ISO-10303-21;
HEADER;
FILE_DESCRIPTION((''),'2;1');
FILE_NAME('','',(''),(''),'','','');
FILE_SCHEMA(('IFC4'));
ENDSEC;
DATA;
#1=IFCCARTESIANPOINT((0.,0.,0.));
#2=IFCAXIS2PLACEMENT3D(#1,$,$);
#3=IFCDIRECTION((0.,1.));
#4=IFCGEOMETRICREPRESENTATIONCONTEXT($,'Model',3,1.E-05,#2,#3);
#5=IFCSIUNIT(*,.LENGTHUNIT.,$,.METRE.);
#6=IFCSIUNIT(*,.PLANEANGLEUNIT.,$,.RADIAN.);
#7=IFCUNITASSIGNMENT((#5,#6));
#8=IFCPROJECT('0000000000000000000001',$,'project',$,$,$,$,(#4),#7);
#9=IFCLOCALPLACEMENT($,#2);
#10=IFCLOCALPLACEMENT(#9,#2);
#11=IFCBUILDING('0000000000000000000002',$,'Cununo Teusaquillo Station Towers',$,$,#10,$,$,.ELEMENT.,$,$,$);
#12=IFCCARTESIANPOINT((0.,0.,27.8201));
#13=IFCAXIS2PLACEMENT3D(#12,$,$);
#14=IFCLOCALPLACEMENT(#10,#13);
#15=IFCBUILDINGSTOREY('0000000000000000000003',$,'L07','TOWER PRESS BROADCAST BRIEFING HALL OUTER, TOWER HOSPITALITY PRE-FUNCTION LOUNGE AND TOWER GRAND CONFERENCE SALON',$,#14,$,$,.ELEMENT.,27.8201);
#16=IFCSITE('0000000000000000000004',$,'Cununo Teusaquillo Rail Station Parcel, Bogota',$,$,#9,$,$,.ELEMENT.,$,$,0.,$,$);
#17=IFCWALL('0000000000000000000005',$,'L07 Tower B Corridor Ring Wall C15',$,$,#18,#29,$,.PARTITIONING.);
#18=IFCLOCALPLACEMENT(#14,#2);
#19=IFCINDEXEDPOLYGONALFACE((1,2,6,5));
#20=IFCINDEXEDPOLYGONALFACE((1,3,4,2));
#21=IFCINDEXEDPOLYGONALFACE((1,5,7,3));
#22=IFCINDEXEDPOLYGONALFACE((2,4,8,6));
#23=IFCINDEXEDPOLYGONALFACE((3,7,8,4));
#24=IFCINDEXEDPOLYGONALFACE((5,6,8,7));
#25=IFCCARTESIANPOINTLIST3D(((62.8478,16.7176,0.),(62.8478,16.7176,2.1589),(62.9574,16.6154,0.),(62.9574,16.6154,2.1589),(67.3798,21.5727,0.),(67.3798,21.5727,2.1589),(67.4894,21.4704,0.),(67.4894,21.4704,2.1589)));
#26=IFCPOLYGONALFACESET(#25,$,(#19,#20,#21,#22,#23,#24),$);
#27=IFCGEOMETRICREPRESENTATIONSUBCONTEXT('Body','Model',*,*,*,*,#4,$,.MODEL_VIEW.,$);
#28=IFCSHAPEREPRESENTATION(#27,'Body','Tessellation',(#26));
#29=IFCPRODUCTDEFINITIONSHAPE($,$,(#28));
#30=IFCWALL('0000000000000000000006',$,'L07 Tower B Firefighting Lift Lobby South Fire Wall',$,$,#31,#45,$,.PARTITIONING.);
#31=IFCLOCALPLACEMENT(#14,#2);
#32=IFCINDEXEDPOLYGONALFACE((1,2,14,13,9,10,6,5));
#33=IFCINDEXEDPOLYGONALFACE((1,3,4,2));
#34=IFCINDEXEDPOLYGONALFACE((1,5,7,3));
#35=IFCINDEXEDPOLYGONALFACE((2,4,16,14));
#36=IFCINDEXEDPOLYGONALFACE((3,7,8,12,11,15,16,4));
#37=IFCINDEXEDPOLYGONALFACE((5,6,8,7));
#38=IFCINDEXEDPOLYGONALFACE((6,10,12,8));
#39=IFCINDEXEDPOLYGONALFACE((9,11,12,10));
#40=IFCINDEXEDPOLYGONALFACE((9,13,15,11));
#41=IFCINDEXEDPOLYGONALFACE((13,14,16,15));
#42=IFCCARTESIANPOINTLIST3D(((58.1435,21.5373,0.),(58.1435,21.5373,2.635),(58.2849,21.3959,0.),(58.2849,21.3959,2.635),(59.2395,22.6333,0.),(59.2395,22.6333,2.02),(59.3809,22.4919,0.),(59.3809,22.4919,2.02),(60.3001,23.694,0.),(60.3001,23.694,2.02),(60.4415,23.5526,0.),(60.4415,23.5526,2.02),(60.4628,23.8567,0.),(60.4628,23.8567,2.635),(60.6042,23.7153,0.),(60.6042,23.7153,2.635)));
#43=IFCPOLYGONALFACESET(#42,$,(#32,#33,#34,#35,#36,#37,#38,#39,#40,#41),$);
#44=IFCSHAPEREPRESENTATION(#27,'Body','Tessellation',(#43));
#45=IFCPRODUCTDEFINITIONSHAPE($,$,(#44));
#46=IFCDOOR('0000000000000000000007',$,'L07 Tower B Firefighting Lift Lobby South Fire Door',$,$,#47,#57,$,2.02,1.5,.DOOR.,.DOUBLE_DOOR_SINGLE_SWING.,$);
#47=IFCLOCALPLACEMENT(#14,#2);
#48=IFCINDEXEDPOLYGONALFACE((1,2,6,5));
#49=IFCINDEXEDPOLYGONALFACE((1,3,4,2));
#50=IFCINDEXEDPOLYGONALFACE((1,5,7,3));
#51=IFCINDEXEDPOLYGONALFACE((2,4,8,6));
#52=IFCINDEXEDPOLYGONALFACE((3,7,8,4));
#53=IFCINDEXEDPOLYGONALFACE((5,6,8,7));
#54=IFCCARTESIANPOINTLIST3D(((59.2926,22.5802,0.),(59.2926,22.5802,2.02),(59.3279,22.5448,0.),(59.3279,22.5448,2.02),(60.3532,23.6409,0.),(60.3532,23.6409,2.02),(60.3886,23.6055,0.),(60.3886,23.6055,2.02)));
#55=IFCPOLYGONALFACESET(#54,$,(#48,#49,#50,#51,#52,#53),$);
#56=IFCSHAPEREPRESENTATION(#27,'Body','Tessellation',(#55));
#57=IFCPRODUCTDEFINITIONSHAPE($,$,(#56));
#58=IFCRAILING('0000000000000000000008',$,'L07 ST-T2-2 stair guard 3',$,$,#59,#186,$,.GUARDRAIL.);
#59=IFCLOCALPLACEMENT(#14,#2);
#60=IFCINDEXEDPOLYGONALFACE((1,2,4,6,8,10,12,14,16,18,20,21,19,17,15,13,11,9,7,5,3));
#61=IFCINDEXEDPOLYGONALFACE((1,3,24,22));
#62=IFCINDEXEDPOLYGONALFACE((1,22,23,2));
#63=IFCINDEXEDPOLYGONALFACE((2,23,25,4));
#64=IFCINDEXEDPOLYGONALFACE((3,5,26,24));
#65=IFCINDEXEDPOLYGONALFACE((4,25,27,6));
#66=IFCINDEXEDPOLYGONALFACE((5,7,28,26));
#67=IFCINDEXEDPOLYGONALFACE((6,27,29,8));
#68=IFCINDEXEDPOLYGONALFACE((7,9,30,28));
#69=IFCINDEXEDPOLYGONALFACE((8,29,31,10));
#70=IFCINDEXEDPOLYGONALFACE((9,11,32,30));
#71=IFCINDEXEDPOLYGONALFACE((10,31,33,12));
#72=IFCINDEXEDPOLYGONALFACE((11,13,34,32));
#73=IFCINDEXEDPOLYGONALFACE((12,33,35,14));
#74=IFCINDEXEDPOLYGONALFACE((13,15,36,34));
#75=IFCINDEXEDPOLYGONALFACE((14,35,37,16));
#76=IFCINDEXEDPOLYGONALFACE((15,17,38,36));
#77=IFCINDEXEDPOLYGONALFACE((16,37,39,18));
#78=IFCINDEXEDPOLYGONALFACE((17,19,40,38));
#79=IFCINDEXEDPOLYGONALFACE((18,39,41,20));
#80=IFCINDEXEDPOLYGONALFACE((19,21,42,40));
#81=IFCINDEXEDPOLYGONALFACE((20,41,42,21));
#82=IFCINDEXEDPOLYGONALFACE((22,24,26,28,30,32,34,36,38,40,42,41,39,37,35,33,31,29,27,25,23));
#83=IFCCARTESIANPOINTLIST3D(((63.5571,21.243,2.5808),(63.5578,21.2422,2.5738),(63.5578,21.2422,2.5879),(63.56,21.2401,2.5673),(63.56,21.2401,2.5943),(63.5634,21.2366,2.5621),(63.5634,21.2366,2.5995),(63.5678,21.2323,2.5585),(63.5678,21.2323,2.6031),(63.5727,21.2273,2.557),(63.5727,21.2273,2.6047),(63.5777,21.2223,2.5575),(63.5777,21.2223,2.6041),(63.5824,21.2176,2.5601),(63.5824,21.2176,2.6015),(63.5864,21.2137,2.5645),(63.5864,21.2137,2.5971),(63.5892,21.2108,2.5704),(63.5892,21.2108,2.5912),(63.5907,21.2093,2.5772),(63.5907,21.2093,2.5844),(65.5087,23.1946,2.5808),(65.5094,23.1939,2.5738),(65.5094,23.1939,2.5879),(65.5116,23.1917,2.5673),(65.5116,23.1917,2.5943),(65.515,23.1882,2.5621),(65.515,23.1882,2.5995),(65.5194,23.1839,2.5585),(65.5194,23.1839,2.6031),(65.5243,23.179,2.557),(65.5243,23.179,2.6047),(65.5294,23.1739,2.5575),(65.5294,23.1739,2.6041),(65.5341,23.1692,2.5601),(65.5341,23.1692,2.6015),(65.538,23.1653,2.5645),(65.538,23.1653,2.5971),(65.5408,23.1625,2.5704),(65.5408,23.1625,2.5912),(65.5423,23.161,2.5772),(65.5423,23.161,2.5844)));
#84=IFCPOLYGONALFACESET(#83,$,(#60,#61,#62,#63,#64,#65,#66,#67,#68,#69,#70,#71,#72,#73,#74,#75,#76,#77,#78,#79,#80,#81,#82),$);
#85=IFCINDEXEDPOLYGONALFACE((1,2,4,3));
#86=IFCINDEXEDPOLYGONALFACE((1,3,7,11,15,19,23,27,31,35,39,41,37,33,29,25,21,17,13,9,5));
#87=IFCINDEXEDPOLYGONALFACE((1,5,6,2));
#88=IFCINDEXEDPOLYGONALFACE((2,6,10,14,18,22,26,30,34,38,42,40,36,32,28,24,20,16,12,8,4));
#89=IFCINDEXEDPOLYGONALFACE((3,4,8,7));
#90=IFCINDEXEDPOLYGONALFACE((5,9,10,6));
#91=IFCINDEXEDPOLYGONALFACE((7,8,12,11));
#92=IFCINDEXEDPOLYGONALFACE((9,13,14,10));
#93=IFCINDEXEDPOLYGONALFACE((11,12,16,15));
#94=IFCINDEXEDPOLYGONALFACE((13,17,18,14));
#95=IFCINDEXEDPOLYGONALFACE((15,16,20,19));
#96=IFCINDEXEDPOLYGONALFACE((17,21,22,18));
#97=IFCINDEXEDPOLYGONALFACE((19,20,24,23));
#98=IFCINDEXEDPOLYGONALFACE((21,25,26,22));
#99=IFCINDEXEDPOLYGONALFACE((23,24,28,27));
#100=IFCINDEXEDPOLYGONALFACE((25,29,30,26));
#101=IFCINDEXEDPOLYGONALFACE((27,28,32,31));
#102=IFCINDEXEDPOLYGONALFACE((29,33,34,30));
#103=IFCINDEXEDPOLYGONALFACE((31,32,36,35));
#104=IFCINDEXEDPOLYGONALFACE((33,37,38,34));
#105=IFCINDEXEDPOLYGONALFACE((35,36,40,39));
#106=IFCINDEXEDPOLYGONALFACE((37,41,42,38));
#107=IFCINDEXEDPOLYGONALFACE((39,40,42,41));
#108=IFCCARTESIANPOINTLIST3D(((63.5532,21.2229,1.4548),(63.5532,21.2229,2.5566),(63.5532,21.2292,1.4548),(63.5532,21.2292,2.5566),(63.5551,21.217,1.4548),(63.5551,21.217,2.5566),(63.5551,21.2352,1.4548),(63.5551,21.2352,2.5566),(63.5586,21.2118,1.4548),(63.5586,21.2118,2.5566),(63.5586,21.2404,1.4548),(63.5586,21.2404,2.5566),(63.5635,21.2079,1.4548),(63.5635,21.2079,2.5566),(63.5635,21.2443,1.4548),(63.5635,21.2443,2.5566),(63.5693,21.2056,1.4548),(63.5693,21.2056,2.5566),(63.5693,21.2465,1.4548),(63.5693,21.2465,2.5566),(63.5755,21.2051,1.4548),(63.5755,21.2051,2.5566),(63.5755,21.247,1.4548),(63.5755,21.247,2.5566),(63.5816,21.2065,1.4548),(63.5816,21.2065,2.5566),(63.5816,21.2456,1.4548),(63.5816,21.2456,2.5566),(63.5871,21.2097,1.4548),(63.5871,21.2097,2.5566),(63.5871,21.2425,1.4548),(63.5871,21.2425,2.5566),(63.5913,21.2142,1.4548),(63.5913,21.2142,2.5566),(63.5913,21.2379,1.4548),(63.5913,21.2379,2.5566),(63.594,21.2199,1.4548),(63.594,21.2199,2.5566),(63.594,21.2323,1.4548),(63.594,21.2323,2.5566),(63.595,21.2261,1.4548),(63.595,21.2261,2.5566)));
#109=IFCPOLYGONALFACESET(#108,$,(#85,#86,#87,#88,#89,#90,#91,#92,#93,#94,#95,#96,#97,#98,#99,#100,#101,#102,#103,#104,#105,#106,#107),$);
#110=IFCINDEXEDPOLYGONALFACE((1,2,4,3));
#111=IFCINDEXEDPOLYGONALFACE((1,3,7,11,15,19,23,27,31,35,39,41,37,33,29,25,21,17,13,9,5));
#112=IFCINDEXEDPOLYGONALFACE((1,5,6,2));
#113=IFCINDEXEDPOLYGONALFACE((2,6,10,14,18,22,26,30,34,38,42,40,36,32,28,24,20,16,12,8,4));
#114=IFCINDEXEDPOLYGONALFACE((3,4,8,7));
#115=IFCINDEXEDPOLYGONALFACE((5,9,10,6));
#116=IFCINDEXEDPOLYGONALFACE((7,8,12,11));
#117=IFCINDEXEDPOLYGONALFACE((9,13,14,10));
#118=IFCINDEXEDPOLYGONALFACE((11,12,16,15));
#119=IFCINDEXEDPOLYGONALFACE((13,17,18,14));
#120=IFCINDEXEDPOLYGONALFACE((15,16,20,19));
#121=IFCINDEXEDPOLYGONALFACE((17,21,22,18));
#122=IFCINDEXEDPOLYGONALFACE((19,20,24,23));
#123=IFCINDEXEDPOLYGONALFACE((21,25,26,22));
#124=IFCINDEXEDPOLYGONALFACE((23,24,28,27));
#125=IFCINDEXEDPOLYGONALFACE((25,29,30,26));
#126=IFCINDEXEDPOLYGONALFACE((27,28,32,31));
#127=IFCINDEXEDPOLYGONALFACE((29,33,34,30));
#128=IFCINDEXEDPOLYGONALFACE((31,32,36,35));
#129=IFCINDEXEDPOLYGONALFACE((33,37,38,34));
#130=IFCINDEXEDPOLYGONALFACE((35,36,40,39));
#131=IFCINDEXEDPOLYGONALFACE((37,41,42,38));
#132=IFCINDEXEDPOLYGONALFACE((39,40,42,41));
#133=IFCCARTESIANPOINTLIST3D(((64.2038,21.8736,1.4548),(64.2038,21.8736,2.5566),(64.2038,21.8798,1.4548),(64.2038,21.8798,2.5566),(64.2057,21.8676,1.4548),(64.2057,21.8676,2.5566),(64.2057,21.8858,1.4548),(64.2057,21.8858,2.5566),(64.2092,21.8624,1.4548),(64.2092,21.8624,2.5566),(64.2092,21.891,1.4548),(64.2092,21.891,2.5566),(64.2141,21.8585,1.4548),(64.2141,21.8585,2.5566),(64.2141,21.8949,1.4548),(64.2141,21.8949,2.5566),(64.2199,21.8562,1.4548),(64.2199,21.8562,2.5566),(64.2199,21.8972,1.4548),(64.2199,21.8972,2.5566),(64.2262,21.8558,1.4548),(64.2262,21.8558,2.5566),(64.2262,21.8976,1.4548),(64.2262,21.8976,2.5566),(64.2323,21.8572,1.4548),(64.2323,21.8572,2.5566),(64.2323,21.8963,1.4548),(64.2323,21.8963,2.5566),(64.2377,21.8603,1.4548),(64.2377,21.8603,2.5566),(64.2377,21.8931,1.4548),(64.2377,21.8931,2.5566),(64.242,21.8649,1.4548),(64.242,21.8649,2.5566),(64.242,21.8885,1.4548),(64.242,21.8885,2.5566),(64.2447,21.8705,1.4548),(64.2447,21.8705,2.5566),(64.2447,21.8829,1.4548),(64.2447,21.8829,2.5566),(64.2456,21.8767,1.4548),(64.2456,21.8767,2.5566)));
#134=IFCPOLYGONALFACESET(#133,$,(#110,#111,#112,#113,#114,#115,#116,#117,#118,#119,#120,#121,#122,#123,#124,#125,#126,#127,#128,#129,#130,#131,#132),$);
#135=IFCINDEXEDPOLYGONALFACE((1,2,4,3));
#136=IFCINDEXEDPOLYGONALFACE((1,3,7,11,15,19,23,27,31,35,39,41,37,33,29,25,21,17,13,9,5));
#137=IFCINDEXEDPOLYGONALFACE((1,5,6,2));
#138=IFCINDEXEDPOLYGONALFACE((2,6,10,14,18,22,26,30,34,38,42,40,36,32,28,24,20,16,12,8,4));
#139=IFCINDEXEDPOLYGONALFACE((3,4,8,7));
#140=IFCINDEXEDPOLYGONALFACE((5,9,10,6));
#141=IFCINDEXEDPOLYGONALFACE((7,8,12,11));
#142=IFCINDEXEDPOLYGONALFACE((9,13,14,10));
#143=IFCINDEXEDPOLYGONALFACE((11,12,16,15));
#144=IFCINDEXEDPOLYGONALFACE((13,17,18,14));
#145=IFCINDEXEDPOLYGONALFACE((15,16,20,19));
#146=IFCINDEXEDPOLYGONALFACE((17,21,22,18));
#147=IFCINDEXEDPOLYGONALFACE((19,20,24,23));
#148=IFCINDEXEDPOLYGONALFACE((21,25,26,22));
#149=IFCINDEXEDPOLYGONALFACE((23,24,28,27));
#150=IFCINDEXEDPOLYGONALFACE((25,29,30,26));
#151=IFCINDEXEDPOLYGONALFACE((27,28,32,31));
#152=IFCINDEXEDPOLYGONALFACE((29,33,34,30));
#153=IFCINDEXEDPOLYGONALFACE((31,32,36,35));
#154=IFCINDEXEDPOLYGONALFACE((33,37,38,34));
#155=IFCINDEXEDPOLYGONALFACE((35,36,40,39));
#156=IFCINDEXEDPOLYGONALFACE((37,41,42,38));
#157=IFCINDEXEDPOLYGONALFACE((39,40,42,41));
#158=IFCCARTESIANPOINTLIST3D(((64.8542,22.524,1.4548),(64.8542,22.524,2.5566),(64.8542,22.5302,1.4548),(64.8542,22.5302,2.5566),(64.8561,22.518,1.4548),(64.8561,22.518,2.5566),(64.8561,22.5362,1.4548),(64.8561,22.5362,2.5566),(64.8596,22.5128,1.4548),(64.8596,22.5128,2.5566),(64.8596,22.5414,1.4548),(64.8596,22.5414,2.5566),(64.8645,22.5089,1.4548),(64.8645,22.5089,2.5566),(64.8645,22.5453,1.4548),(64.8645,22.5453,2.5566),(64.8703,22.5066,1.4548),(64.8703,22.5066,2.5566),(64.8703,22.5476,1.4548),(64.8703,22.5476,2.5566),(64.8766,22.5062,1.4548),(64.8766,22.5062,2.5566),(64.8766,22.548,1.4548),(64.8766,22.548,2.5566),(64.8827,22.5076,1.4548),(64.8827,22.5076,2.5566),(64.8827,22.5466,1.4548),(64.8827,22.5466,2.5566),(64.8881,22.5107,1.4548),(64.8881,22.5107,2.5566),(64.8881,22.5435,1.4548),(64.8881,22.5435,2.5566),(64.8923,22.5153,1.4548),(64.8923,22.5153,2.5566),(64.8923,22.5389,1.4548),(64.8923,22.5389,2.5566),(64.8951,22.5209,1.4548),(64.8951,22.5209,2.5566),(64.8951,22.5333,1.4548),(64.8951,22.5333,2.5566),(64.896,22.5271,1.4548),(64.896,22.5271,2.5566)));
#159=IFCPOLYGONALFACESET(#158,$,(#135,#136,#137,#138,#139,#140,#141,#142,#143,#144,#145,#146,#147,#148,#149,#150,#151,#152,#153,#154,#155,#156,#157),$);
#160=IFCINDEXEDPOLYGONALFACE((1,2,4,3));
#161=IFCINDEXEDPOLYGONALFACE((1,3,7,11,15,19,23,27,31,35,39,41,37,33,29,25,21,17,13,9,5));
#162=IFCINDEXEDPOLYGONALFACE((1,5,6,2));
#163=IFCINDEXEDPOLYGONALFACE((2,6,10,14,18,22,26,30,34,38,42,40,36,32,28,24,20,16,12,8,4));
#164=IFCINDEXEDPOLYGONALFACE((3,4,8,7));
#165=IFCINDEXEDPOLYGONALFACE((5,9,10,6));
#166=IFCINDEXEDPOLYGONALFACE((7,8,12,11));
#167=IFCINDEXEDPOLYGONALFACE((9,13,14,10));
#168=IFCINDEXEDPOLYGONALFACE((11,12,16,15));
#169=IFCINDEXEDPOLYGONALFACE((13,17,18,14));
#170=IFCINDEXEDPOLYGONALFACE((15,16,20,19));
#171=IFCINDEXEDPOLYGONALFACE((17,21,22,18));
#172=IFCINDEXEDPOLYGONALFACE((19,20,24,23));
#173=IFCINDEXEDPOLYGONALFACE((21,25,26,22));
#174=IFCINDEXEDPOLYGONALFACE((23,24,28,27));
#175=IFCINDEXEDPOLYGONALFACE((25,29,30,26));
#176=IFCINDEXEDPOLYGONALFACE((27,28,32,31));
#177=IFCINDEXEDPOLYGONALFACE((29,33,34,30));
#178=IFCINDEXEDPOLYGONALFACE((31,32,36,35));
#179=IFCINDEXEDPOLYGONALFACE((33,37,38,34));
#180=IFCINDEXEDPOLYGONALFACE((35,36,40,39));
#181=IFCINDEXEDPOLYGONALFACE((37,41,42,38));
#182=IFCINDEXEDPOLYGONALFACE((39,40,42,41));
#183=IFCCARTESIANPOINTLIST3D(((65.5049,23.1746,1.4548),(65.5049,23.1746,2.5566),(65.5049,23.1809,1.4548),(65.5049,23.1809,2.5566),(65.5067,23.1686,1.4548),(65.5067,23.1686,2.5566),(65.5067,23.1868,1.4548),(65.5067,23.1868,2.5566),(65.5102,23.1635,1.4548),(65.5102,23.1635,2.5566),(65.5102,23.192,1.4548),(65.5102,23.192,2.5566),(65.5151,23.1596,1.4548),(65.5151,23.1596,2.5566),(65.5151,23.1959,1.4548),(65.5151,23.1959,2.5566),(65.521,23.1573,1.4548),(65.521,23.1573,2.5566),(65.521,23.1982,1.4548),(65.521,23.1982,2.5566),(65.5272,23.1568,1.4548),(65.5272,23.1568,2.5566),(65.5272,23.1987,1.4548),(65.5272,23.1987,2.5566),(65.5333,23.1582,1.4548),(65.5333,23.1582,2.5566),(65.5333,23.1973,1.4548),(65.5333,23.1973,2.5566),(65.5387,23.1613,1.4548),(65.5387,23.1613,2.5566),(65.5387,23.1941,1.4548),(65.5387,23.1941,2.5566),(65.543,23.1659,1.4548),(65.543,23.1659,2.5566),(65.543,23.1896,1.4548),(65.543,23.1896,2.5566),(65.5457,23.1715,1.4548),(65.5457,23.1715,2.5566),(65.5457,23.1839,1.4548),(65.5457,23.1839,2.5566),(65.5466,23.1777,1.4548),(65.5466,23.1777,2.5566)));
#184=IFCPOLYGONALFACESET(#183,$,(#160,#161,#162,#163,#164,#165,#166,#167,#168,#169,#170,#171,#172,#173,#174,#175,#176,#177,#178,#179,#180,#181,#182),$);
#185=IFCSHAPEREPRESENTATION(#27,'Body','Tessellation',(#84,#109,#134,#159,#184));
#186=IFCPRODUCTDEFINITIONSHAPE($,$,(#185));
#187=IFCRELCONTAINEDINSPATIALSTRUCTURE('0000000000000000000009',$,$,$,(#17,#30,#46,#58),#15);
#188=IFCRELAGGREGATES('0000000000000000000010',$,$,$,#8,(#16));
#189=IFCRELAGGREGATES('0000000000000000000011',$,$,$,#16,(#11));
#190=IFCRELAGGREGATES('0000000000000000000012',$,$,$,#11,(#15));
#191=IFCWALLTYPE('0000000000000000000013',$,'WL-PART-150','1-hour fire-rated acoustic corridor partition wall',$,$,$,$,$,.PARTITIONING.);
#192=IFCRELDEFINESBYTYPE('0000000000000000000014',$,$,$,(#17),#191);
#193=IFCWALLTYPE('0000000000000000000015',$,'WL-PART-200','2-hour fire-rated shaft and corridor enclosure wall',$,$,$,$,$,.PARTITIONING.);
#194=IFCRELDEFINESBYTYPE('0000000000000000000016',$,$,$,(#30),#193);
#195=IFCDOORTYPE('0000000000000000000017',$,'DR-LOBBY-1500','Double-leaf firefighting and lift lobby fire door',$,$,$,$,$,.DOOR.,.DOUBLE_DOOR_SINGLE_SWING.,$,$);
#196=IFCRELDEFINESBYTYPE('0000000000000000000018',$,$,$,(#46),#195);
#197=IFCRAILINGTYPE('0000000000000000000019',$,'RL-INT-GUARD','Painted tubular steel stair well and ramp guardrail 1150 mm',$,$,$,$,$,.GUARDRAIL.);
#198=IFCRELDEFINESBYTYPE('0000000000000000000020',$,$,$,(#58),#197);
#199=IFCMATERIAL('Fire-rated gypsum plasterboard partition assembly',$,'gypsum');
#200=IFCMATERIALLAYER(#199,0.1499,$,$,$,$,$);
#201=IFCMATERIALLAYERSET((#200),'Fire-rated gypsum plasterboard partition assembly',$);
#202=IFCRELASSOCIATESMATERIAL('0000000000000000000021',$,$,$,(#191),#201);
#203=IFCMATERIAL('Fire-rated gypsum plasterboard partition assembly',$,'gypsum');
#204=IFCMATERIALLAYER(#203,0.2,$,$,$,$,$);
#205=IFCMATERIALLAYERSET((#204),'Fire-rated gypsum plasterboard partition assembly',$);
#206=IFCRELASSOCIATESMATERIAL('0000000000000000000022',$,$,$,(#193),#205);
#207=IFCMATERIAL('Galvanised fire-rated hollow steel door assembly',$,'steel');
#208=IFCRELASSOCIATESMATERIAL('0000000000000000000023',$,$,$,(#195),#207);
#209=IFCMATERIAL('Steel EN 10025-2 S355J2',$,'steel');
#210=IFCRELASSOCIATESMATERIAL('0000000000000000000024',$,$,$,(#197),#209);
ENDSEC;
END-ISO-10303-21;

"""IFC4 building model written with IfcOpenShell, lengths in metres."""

from ifc_helpers import new_model, si_unit, direction, frame, frame_2d, origin, origin_2d, place, context, subcontext, project, spatial, rectangle, circle, extrude, source, transform, mapped, material, layer, layer_set, type_object, element, fill, save


model = new_model("IFC4")

# Units and contexts
model_context = context("Model", 3, precision=1e-05, world=origin(), true_north=direction((0.0, 1.0)))
body_context = subcontext(model_context, "Body", "Model", "MODEL_VIEW")
ifc_project = project(units=[si_unit("LENGTHUNIT", "METRE"), si_unit("PLANEANGLEUNIT", "RADIAN")], contexts=[model_context])

# Site, building, storey
site_placement = place(None, origin())
site = spatial("IfcSite", under=ifc_project, at=site_placement, Name="Cununo Teusaquillo Rail Station Parcel, Bogota", CompositionType="ELEMENT", RefElevation=0.0)
building_placement = place(site_placement, origin())
building = spatial("IfcBuilding", under=site, at=building_placement, Name="Cununo Teusaquillo Station Towers", CompositionType="ELEMENT")
storey_placement = place(building_placement, frame((0.0, 0.0, 27.8201)))
storey = spatial("IfcBuildingStorey", under=building, at=storey_placement, Name="L07", Description="TOWER PRESS BROADCAST BRIEFING HALL OUTER, TOWER HOSPITALITY PRE-FUNCTION LOUNGE AND TOWER GRAND CONFERENCE SALON", CompositionType="ELEMENT", Elevation=27.8201)

# Wall
ifc_material_1 = material(Name="Fire-rated gypsum plasterboard partition assembly", Category="gypsum")
ifc_layer_1 = layer(ifc_material_1, 0.1499)
ifc_layer_set_1 = layer_set([ifc_layer_1], Name="Fire-rated gypsum plasterboard partition assembly")
wall_type_1 = type_object("IfcWallType", Name="WL-PART-150", Description="1-hour fire-rated acoustic corridor partition wall", PredefinedType="PARTITIONING", material=ifc_layer_set_1)
wall_1_placement = place(storey_placement, frame((62.9026, 16.6665, 0.0), z_axis=(0.0, 0.0, 1.0), x_axis=(0.682372, 0.731005, 0.0)))
element("IfcWall", 1, at=wall_1_placement, inside=storey, type_object=wall_type_1, Name="L07 Tower B Corridor Ring Wall C15", PredefinedType="PARTITIONING", context=body_context, shape_type="SweptSolid", body=[
    extrude(rectangle(XDim=6.6416, YDim=0.1499, at=frame_2d((3.3208, 0.0))), origin(), (0.0, 0.0, 1.0), 2.1589),
])

# Wall, opening, door
ifc_material_2 = material(Name="Fire-rated gypsum plasterboard partition assembly", Category="gypsum")
ifc_layer_2 = layer(ifc_material_2, 0.2)
ifc_layer_set_2 = layer_set([ifc_layer_2], Name="Fire-rated gypsum plasterboard partition assembly")
wall_type_2 = type_object("IfcWallType", Name="WL-PART-200", Description="2-hour fire-rated shaft and corridor enclosure wall", PredefinedType="PARTITIONING", material=ifc_layer_set_2)
wall_2_placement = place(storey_placement, frame((58.2141, 21.4666, 0.0), z_axis=(0.0, 0.0, 1.0), x_axis=(0.707107, 0.707107, 0.0)))
wall_2 = element("IfcWall", 2, at=wall_2_placement, inside=storey, type_object=wall_type_2, Name="L07 Tower B Firefighting Lift Lobby South Fire Wall", PredefinedType="PARTITIONING", context=body_context, shape_type="SweptSolid", body=[
    extrude(rectangle(XDim=3.28, YDim=0.2, at=frame_2d((1.6401, 0.0))), origin(), (0.0, 0.0, 1.0), 2.635),
])
shared_shape_1 = source(origin(), body_context, "Body", "SweptSolid", [
    extrude(rectangle(XDim=1.5, YDim=2.02, at=frame_2d((0.75, 1.01))), frame((0.0, 0.1099, 0.0), z_axis=(0.0, -1.0, 0.0), x_axis=(1.0, 0.0, 0.0)), (0.0, 0.0, 1.0), 0.22),
])
opening_1_placement = place(wall_2_placement, frame((1.55, 0.0, 0.0)))
opening_1 = element("IfcOpeningElement", 3, at=opening_1_placement, cuts=wall_2, PredefinedType="OPENING", context=body_context, shape_type="MappedRepresentation", body=[
    mapped(shared_shape_1, transform((0.0, 0.0, 0.0), x_axis=(1.0, 0.0, 0.0), y_axis=(0.0, 1.0, 0.0), z_axis=(0.0, 0.0, 1.0), scale=1.0)),
])
ifc_material_3 = material(Name="Galvanised fire-rated hollow steel door assembly", Category="steel")
door_type_1 = type_object("IfcDoorType", Name="DR-LOBBY-1500", Description="Double-leaf firefighting and lift lobby fire door", OperationType="DOUBLE_DOOR_SINGLE_SWING", PredefinedType="DOOR", material=ifc_material_3)
shared_shape_2 = source(origin(), body_context, "Body", "SweptSolid", [
    extrude(rectangle(XDim=1.5, YDim=2.02, at=frame_2d((0.75, 1.01))), frame((0.0, 0.0249, 0.0), z_axis=(0.0, -1.0, 0.0), x_axis=(1.0, 0.0, 0.0)), (0.0, 0.0, 1.0), 0.05),
])
door_1_placement = place(opening_1_placement, origin())
door_1 = element("IfcDoor", 4, at=door_1_placement, inside=storey, type_object=door_type_1, Name="L07 Tower B Firefighting Lift Lobby South Fire Door", OperationType="DOUBLE_DOOR_SINGLE_SWING", OverallHeight=2.02, OverallWidth=1.5, PredefinedType="DOOR", context=body_context, shape_type="MappedRepresentation", body=[
    mapped(shared_shape_2, transform((0.0, 0.0, 0.0), x_axis=(1.0, 0.0, 0.0), y_axis=(0.0, 1.0, 0.0), z_axis=(0.0, 0.0, 1.0), scale=1.0)),
])
fill(opening_1, door_1)

# Railing
ifc_material_4 = material(Name="Steel EN 10025-2 S355J2", Category="steel")
railing_type = type_object("IfcRailingType", Name="RL-INT-GUARD", Description="Painted tubular steel stair well and ramp guardrail 1150 mm", PredefinedType="GUARDRAIL", material=ifc_material_4)
railing_1_placement = place(storey_placement, frame((63.574, 21.2261, 1.4548)))
element("IfcRailing", 5, at=railing_1_placement, inside=storey, type_object=railing_type, Name="L07 ST-T2-2 stair guard 3", PredefinedType="GUARDRAIL", context=body_context, shape_type="SweptSolid", body=[
    extrude(circle(Radius=0.0239, at=origin_2d()), frame((0.0, 0.0, 1.126), z_axis=(0.707107, 0.707107, 0.0), x_axis=(-0.707107, 0.707107, 0.0)), (0.0, 0.0, 1.0), 2.76),
    extrude(circle(Radius=0.021, at=origin_2d()), origin(), (0.0, 0.0, 1.0), 1.1018),
    extrude(circle(Radius=0.021, at=origin_2d()), frame((0.6506, 0.6506, 0.0)), (0.0, 0.0, 1.0), 1.1018),
    extrude(circle(Radius=0.021, at=origin_2d()), frame((1.301, 1.301, 0.0)), (0.0, 0.0, 1.0), 1.1018),
    extrude(circle(Radius=0.021, at=origin_2d()), frame((1.9517, 1.9517, 0.0)), (0.0, 0.0, 1.0), 1.1018),
])

save(model, "model.ifc")
